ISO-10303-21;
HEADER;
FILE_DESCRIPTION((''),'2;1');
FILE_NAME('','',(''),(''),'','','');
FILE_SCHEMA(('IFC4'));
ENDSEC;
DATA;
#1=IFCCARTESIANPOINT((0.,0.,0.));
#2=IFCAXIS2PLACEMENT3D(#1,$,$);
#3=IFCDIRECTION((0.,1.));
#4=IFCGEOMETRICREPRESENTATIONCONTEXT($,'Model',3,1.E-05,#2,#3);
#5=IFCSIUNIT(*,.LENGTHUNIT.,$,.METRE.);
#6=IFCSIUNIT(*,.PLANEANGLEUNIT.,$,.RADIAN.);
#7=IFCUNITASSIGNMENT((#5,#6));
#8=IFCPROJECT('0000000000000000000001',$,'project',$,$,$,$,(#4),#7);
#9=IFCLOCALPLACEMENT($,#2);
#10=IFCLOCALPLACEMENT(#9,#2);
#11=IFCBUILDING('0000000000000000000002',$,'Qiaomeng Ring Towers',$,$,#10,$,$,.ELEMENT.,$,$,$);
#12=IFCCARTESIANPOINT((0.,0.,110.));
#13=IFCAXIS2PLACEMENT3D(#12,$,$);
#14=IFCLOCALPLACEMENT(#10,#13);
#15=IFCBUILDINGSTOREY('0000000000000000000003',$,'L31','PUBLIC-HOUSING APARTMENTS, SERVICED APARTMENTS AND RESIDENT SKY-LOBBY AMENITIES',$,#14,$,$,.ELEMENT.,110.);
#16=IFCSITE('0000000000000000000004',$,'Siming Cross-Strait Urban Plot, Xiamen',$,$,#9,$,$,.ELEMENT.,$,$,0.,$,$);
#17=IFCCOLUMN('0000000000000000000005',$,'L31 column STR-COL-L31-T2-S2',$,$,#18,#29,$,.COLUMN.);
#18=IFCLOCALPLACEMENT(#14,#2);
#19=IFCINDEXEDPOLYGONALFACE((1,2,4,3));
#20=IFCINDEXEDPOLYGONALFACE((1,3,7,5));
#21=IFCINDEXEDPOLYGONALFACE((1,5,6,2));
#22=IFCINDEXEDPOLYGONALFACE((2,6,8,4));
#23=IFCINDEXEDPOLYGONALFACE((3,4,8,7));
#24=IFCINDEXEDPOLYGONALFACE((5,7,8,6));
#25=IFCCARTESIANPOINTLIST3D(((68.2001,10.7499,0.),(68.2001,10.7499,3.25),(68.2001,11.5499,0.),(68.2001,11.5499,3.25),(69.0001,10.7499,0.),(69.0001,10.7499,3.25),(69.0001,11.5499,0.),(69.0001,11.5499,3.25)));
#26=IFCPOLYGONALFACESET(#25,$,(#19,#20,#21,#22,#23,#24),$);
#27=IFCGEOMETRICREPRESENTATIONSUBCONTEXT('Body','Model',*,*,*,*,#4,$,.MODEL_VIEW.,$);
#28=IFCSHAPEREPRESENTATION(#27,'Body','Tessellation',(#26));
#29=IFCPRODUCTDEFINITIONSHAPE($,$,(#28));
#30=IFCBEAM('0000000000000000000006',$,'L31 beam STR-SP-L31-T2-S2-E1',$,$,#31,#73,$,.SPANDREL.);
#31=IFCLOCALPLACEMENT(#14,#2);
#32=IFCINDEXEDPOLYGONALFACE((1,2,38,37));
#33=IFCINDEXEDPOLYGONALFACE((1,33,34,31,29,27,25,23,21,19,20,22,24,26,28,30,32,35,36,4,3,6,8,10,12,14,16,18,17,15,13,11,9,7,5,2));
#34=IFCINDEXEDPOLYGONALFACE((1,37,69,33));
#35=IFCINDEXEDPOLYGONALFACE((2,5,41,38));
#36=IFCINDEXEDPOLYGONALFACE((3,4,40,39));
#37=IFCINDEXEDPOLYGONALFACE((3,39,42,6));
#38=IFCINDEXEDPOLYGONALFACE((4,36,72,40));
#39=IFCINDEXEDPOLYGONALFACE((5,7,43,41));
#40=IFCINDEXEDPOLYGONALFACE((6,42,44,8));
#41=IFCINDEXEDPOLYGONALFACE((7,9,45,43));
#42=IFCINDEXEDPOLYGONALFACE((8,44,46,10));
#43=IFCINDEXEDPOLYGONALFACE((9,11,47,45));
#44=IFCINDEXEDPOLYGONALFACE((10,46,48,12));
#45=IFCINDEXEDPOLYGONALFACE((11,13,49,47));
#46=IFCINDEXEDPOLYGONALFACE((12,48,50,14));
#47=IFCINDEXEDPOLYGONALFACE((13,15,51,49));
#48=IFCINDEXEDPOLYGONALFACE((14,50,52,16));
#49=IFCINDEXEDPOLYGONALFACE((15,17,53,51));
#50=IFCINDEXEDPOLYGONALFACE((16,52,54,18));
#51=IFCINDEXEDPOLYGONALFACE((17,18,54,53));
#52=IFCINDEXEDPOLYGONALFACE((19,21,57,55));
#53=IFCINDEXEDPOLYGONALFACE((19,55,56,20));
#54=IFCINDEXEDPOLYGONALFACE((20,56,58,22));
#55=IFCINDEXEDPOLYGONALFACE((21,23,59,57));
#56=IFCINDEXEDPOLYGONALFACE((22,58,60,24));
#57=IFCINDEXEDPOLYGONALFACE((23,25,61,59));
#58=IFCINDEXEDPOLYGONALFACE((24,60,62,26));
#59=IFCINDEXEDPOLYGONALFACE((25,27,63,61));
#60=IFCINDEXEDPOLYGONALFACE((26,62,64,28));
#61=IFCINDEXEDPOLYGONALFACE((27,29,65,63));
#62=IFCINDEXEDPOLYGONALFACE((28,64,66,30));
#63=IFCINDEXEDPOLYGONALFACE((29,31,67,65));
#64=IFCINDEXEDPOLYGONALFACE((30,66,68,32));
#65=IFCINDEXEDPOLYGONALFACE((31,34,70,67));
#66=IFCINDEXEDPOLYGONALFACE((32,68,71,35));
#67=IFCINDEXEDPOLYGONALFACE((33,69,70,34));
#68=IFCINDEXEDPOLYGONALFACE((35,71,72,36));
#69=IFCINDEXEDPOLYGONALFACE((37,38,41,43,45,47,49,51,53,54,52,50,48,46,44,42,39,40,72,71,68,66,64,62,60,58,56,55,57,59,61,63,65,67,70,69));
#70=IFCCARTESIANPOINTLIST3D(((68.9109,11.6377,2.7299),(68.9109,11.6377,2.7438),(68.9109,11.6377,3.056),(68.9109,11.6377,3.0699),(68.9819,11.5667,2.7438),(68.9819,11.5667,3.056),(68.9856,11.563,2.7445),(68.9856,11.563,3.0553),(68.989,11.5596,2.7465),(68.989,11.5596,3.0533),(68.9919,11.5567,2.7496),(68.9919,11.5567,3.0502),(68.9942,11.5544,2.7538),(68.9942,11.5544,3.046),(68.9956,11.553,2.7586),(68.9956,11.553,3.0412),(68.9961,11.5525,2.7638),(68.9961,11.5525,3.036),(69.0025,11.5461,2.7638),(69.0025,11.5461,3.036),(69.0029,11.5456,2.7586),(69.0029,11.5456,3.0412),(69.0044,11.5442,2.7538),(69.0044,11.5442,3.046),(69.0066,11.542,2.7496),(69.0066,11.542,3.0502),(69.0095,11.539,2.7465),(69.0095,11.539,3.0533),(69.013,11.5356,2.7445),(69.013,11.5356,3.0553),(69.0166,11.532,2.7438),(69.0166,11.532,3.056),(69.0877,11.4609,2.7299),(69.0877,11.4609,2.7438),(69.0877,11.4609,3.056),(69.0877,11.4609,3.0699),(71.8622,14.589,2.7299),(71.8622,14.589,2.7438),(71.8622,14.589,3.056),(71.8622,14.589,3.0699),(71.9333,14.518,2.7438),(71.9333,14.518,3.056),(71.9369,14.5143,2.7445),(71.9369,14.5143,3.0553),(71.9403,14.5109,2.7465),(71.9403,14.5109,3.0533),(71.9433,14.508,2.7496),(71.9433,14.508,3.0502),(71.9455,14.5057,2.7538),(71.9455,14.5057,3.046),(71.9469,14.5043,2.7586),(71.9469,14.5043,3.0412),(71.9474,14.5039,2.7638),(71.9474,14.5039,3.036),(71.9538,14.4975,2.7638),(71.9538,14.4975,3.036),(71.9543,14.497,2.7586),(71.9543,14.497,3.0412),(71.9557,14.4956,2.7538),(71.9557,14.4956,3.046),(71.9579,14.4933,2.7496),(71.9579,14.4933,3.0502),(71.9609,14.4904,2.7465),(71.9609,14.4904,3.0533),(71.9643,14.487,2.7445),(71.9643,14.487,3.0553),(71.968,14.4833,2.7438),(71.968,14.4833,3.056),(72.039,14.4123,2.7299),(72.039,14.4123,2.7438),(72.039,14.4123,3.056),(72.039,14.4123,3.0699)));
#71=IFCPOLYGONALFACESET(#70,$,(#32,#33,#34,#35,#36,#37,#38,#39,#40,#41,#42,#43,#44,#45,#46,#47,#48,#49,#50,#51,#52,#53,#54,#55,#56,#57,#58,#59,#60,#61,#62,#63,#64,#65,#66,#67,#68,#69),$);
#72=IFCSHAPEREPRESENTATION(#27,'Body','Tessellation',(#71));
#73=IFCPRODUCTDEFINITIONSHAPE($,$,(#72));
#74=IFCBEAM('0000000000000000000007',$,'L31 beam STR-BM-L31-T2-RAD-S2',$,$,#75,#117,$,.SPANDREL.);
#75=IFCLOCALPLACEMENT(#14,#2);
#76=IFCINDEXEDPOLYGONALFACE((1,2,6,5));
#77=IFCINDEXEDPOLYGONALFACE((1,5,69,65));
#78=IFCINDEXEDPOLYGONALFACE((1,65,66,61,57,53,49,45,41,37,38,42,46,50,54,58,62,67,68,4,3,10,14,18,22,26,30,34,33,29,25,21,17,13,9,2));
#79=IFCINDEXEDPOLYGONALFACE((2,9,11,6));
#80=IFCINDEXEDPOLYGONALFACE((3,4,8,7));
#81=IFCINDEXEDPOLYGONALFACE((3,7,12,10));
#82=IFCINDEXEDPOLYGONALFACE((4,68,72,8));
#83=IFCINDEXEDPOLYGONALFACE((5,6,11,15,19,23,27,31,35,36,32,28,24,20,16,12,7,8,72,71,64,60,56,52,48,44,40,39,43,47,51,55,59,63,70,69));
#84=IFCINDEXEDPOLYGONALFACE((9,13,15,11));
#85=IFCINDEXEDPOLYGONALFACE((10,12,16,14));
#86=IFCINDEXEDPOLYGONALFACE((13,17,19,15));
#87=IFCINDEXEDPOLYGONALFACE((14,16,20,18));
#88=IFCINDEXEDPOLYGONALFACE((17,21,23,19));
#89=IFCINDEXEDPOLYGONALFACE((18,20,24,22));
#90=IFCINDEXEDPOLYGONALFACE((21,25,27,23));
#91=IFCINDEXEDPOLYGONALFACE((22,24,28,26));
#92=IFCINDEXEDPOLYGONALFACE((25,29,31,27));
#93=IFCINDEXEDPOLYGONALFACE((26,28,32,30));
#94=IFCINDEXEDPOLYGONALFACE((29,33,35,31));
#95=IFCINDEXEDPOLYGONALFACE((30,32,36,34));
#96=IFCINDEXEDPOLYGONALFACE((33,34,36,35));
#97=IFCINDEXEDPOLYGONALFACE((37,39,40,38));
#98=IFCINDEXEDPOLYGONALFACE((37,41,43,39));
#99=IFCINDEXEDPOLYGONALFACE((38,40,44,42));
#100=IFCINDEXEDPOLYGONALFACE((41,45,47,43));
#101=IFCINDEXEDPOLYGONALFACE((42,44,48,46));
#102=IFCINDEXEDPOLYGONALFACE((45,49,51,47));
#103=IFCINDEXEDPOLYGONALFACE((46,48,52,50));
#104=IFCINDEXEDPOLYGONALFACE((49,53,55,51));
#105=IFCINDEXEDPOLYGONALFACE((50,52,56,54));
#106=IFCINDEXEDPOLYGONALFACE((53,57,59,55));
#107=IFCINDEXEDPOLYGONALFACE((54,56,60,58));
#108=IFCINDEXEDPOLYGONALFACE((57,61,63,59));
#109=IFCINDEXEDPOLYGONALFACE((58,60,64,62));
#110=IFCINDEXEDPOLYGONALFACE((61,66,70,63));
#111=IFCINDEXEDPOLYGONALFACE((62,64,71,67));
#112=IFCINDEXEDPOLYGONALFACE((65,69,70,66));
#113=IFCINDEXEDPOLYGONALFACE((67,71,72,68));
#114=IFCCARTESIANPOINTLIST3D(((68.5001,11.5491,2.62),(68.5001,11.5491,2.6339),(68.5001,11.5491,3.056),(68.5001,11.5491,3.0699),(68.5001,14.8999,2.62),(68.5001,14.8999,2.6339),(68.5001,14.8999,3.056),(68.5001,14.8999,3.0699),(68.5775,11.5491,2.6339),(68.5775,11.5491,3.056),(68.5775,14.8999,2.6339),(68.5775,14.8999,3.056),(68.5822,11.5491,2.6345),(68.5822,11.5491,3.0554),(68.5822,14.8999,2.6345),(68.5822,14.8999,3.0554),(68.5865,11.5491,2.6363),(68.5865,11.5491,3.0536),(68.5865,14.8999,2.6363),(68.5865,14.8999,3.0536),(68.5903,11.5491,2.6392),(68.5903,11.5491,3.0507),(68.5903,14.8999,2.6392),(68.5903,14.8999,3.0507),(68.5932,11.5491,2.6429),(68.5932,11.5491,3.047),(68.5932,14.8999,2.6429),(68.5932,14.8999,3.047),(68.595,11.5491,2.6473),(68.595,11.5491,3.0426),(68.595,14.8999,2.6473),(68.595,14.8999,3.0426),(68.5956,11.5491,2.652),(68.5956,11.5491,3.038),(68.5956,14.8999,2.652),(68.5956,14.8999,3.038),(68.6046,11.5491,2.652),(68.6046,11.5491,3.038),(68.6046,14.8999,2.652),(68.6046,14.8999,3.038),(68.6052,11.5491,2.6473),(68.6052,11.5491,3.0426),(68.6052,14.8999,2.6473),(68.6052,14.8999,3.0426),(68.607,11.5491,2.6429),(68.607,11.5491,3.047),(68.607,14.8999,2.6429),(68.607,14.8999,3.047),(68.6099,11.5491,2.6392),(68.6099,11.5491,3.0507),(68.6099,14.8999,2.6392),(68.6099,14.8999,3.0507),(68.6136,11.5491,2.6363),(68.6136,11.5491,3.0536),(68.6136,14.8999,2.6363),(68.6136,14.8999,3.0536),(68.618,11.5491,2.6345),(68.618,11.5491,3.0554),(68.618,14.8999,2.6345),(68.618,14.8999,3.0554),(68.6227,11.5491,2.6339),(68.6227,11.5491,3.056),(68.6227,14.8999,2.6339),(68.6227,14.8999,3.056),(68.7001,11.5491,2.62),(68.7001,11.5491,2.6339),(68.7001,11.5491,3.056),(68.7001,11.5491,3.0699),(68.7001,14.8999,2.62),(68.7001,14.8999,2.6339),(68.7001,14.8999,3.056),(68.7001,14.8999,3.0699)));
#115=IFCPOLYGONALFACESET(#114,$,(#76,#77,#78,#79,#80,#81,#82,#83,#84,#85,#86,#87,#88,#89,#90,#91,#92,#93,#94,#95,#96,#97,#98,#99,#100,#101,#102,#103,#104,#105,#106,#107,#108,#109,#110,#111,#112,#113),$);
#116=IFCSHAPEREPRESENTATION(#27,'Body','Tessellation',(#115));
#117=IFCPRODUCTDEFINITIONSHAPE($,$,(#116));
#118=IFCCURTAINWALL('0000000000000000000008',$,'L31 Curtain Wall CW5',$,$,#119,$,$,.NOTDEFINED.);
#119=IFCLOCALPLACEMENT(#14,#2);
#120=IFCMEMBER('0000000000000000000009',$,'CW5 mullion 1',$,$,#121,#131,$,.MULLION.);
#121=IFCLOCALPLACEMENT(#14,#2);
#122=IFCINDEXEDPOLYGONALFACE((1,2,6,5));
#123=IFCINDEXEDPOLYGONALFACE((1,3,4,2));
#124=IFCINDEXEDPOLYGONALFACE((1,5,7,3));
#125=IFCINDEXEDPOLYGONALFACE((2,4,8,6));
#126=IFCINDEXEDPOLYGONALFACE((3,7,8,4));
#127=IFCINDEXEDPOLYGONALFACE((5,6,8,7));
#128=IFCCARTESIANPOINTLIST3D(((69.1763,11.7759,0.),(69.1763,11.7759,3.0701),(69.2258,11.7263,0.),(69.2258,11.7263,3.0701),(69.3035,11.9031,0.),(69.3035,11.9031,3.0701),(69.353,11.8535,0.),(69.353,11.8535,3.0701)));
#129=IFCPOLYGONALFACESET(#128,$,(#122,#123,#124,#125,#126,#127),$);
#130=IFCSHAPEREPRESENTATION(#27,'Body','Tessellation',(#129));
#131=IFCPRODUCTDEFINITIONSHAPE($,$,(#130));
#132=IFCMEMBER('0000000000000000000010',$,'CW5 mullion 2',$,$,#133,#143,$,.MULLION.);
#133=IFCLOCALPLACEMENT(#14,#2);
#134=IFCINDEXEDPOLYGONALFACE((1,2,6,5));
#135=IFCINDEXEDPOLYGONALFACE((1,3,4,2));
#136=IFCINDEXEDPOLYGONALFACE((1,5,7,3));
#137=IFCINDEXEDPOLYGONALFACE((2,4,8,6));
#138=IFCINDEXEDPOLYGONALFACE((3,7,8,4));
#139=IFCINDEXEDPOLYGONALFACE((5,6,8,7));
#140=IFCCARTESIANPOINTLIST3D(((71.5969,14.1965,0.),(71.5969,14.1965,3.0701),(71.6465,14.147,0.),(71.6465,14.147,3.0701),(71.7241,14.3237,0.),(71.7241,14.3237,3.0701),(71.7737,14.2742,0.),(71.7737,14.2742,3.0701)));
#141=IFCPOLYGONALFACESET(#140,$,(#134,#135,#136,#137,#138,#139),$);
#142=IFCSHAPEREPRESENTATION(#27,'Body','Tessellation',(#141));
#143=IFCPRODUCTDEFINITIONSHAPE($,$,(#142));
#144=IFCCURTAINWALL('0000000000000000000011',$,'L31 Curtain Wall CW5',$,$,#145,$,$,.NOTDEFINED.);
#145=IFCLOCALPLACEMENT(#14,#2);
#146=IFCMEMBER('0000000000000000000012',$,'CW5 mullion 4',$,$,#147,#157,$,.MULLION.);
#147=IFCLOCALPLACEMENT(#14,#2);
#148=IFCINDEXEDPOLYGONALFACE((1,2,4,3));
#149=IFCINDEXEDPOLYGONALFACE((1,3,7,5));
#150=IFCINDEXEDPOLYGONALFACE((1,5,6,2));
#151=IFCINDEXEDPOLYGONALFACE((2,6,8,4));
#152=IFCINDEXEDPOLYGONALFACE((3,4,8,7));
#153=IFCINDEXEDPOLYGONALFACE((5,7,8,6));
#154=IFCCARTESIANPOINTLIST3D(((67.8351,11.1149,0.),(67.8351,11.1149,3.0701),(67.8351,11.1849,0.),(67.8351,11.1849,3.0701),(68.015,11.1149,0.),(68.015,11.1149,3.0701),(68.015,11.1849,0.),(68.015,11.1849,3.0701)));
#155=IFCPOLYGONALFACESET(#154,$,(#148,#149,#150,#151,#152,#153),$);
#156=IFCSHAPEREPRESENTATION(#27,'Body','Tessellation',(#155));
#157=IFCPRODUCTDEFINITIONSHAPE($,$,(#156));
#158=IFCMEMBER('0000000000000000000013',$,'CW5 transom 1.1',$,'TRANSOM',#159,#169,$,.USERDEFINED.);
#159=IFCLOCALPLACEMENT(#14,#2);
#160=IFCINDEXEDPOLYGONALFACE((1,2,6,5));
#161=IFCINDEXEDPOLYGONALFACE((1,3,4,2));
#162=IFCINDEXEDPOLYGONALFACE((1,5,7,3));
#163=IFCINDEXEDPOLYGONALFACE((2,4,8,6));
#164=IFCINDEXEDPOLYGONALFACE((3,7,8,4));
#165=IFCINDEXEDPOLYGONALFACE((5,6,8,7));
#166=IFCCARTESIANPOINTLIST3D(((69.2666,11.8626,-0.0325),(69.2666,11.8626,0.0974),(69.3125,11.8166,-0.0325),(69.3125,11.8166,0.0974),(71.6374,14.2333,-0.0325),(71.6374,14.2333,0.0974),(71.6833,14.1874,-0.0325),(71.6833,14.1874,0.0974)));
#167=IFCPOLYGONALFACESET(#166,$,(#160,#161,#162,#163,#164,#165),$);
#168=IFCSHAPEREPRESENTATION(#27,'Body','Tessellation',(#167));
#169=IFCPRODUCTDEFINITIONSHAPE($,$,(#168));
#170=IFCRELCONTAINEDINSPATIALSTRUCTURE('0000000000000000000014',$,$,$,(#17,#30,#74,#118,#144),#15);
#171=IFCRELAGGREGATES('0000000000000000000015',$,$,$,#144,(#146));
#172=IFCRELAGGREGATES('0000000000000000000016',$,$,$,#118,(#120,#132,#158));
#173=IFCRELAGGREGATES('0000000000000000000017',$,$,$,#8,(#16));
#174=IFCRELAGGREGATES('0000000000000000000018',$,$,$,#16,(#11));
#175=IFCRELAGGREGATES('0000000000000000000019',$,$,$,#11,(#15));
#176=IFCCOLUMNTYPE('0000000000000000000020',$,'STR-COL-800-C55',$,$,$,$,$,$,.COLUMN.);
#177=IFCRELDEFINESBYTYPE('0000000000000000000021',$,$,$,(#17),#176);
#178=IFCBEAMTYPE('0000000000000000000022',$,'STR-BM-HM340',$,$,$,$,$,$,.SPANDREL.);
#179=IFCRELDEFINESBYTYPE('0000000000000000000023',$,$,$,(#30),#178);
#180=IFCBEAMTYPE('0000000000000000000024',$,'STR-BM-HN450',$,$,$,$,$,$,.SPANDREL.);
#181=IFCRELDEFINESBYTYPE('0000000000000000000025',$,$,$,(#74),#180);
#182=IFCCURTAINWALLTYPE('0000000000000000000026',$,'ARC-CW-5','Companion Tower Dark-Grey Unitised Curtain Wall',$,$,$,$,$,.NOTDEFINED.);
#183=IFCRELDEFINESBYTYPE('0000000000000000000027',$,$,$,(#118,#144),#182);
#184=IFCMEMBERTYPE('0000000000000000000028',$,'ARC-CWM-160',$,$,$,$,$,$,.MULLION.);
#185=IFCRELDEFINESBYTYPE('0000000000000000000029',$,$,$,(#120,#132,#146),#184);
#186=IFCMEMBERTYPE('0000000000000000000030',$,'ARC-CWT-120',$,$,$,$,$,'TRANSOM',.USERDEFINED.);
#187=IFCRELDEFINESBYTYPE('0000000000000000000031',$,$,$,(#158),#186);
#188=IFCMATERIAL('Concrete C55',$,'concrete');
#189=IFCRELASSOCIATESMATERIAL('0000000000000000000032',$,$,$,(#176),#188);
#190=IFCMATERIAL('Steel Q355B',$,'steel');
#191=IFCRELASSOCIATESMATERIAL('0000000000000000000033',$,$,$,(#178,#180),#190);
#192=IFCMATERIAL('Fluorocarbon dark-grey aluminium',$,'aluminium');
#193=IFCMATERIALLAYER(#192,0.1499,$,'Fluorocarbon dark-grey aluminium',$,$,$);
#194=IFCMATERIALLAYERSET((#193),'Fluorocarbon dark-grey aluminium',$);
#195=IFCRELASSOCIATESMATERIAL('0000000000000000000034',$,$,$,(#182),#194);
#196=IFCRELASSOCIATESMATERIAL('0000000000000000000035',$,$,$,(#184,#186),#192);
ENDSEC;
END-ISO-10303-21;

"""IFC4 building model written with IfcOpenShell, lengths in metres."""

from ifc_helpers import new_model, si_unit, direction, frame, origin, origin_2d, place, context, subcontext, project, spatial, rectangle, i_section, extrude, source, transform, mapped, material, layer, layer_set, material_profile, profile_set, type_object, element, aggregate, save


model = new_model("IFC4")

# Units and contexts
model_context = context("Model", 3, precision=1e-05, world=origin(), true_north=direction((0.0, 1.0)))
body_context = subcontext(model_context, "Body", "Model", "MODEL_VIEW")
ifc_project = project(units=[si_unit("LENGTHUNIT", "METRE"), si_unit("PLANEANGLEUNIT", "RADIAN")], contexts=[model_context])

# Site, building, storey
site_placement = place(None, origin())
site = spatial("IfcSite", under=ifc_project, at=site_placement, Name="Siming Cross-Strait Urban Plot, Xiamen", CompositionType="ELEMENT", RefElevation=0.0)
building_placement = place(site_placement, origin())
building = spatial("IfcBuilding", under=site, at=building_placement, Name="Qiaomeng Ring Towers", CompositionType="ELEMENT")
storey_placement = place(building_placement, frame((0.0, 0.0, 110.0)))
storey = spatial("IfcBuildingStorey", under=building, at=storey_placement, Name="L31", Description="PUBLIC-HOUSING APARTMENTS, SERVICED APARTMENTS AND RESIDENT SKY-LOBBY AMENITIES", CompositionType="ELEMENT", Elevation=110.0)

# Column
ifc_material_1 = material(Name="Concrete C55", Category="concrete")
ifc_material_profile_1 = material_profile(ifc_material_1, rectangle(XDim=0.8, YDim=0.8, at=origin_2d()), Name="RC COL 800x800")
ifc_profile_set_1 = profile_set([ifc_material_profile_1], Name="Concrete C55")
column_type = type_object("IfcColumnType", Name="STR-COL-800-C55", PredefinedType="COLUMN", material=ifc_profile_set_1)
shared_shape_1 = source(origin(), body_context, "Body", "SweptSolid", [
    extrude(rectangle(XDim=0.8, YDim=0.8, at=origin_2d()), origin(), (0.0, 0.0, 1.0), 3.25),
])
column_placement = place(storey_placement, frame((68.6001, 11.1499, 0.0), z_axis=(0.0, 0.0, 1.0), x_axis=(1.0, 0.0, 0.0)))
element("IfcColumn", 1, at=column_placement, inside=storey, type_object=column_type, Name="L31 column STR-COL-L31-T2-S2", PredefinedType="COLUMN", context=body_context, shape_type="MappedRepresentation", body=[
    mapped(shared_shape_1, transform((0.0, 0.0, 0.0), x_axis=(1.0, 0.0, 0.0), y_axis=(0.0, 1.0, 0.0), z_axis=(0.0, 0.0, 1.0), scale=1.0)),
])

# Beams
ifc_material_2 = material(Name="Steel Q355B", Category="steel")
ifc_material_profile_2 = material_profile(ifc_material_2, i_section(OverallWidth=0.25, OverallDepth=0.3401, WebThickness=0.009, FlangeThickness=0.0139, FilletRadius=0.02, at=origin_2d()), Name="HM 340x250x9x14")
ifc_profile_set_2 = profile_set([ifc_material_profile_2], Name="Steel Q355B")
beam_type_1 = type_object("IfcBeamType", Name="STR-BM-HM340", PredefinedType="SPANDREL", material=ifc_profile_set_2)
shared_shape_2 = source(origin(), body_context, "Body", "SweptSolid", [
    extrude(i_section(OverallWidth=0.25, OverallDepth=0.3401, WebThickness=0.009, FlangeThickness=0.0139, FilletRadius=0.02, at=origin_2d()), origin(), (0.0, 0.0, 1.0), 4.1738),
])
beam_1_placement = place(storey_placement, frame((68.9993, 11.5493, 2.8999), z_axis=(0.707107, 0.707107, 0.0), x_axis=(-0.707107, 0.707107, 0.0)))
element("IfcBeam", 2, at=beam_1_placement, inside=storey, type_object=beam_type_1, Name="L31 beam STR-SP-L31-T2-S2-E1", PredefinedType="SPANDREL", context=body_context, shape_type="MappedRepresentation", body=[
    mapped(shared_shape_2, transform((0.0, 0.0, 0.0), x_axis=(1.0, 0.0, 0.0), y_axis=(0.0, 1.0, 0.0), z_axis=(0.0, 0.0, 1.0), scale=1.0)),
])
ifc_material_profile_3 = material_profile(ifc_material_2, i_section(OverallWidth=0.2, OverallDepth=0.45, WebThickness=0.009, FlangeThickness=0.0139, FilletRadius=0.0181, at=origin_2d()), Name="HN 450x200x9x14")
ifc_profile_set_3 = profile_set([ifc_material_profile_3], Name="Steel Q355B")
beam_type_2 = type_object("IfcBeamType", Name="STR-BM-HN450", PredefinedType="SPANDREL", material=ifc_profile_set_3)
shared_shape_3 = source(origin(), body_context, "Body", "SweptSolid", [
    extrude(i_section(OverallWidth=0.2, OverallDepth=0.45, WebThickness=0.009, FlangeThickness=0.0139, FilletRadius=0.0181, at=origin_2d()), origin(), (0.0, 0.0, 1.0), 3.3508),
])
beam_2_placement = place(storey_placement, frame((68.6001, 11.5491, 2.845), z_axis=(0.0, 1.0, 0.0), x_axis=(-1.0, 0.0, 0.0)))
element("IfcBeam", 3, at=beam_2_placement, inside=storey, type_object=beam_type_2, Name="L31 beam STR-BM-L31-T2-RAD-S2", PredefinedType="SPANDREL", context=body_context, shape_type="MappedRepresentation", body=[
    mapped(shared_shape_3, transform((0.0, 0.0, 0.0), x_axis=(1.0, 0.0, 0.0), y_axis=(0.0, 1.0, 0.0), z_axis=(0.0, 0.0, 1.0), scale=1.0)),
])

# Curtain wall, members
ifc_material_3 = material(Name="Fluorocarbon dark-grey aluminium", Category="aluminium")
ifc_layer_1 = layer(ifc_material_3, 0.1499, Name="Fluorocarbon dark-grey aluminium")
ifc_layer_set_1 = layer_set([ifc_layer_1], Name="Fluorocarbon dark-grey aluminium")
curtain_wall_type = type_object("IfcCurtainWallType", Name="ARC-CW-5", Description="Companion Tower Dark-Grey Unitised Curtain Wall", PredefinedType="NOTDEFINED", material=ifc_layer_set_1)
curtain_wall_1_placement = place(storey_placement, origin())
curtain_wall_1 = element("IfcCurtainWall", 4, at=curtain_wall_1_placement, inside=storey, type_object=curtain_wall_type, Name="L31 Curtain Wall CW5", PredefinedType="NOTDEFINED")
ifc_material_profile_4 = material_profile(ifc_material_3, rectangle(XDim=0.0701, YDim=0.1799, at=origin_2d()), Name="ALU MULL 70x180")
ifc_profile_set_4 = profile_set([ifc_material_profile_4], Name="Fluorocarbon dark-grey aluminium")
member_type_1 = type_object("IfcMemberType", Name="ARC-CWM-160", PredefinedType="MULLION", material=ifc_profile_set_4)
shared_shape_4 = source(origin(), body_context, "Body", "SweptSolid", [
    extrude(rectangle(XDim=0.0701, YDim=0.1799, at=origin_2d()), origin(), (0.0, 0.0, 1.0), 3.0701),
])
member_1_placement = place(storey_placement, frame((69.2646, 11.8147, 0.0), z_axis=(0.0, 0.0, 1.0), x_axis=(-0.707107, 0.707107, 0.0)))
member_1 = element("IfcMember", 5, at=member_1_placement, type_object=member_type_1, Name="CW5 mullion 1", PredefinedType="MULLION", context=body_context, shape_type="MappedRepresentation", body=[
    mapped(shared_shape_4, transform((0.0, 0.0, 0.0), x_axis=(1.0, 0.0, 0.0), y_axis=(0.0, 1.0, 0.0), z_axis=(0.0, 0.0, 1.0), scale=1.0)),
])
member_2_placement = place(storey_placement, frame((71.6853, 14.2354, 0.0), z_axis=(0.0, 0.0, 1.0), x_axis=(-0.707107, 0.707107, 0.0)))
member_2 = element("IfcMember", 6, at=member_2_placement, type_object=member_type_1, Name="CW5 mullion 2", PredefinedType="MULLION", context=body_context, shape_type="MappedRepresentation", body=[
    mapped(shared_shape_4, transform((0.0, 0.0, 0.0), x_axis=(1.0, 0.0, 0.0), y_axis=(0.0, 1.0, 0.0), z_axis=(0.0, 0.0, 1.0), scale=1.0)),
])

# Curtain wall, member
curtain_wall_2_placement = place(storey_placement, origin())
curtain_wall_2 = element("IfcCurtainWall", 7, at=curtain_wall_2_placement, inside=storey, type_object=curtain_wall_type, Name="L31 Curtain Wall CW5", PredefinedType="NOTDEFINED")
member_3_placement = place(storey_placement, frame((67.925, 11.1499, 0.0), z_axis=(0.0, 0.0, 1.0), x_axis=(0.0, 1.0, 0.0)))
member_3 = element("IfcMember", 8, at=member_3_placement, type_object=member_type_1, Name="CW5 mullion 4", PredefinedType="MULLION", context=body_context, shape_type="MappedRepresentation", body=[
    mapped(shared_shape_4, transform((0.0, 0.0, 0.0), x_axis=(1.0, 0.0, 0.0), y_axis=(0.0, 1.0, 0.0), z_axis=(0.0, 0.0, 1.0), scale=1.0)),
])
aggregate(curtain_wall_2, [member_3])

# Member
ifc_material_profile_5 = material_profile(ifc_material_3, rectangle(XDim=0.0649, YDim=0.1299, at=origin_2d()), Name="ALU TRAN 65x130")
ifc_profile_set_5 = profile_set([ifc_material_profile_5], Name="Fluorocarbon dark-grey aluminium")
member_type_2 = type_object("IfcMemberType", Name="ARC-CWT-120", ElementType="TRANSOM", PredefinedType="USERDEFINED", material=ifc_profile_set_5)
shared_shape_5 = source(origin(), body_context, "Body", "SweptSolid", [
    extrude(rectangle(XDim=0.0649, YDim=0.1299, at=origin_2d()), origin(), (0.0, 0.0, 1.0), 3.3528),
])
member_4_placement = place(storey_placement, frame((69.2896, 11.8396, 0.0325), z_axis=(0.707107, 0.707107, 0.0), x_axis=(-0.707107, 0.707107, 0.0)))
member_4 = element("IfcMember", 9, at=member_4_placement, type_object=member_type_2, Name="CW5 transom 1.1", ObjectType="TRANSOM", PredefinedType="USERDEFINED", context=body_context, shape_type="MappedRepresentation", body=[
    mapped(shared_shape_5, transform((0.0, 0.0, 0.0), x_axis=(1.0, 0.0, 0.0), y_axis=(0.0, 1.0, 0.0), z_axis=(0.0, 0.0, 1.0), scale=1.0)),
])

aggregate(curtain_wall_1, [member_1, member_2, member_4])

save(model, "model.ifc")
